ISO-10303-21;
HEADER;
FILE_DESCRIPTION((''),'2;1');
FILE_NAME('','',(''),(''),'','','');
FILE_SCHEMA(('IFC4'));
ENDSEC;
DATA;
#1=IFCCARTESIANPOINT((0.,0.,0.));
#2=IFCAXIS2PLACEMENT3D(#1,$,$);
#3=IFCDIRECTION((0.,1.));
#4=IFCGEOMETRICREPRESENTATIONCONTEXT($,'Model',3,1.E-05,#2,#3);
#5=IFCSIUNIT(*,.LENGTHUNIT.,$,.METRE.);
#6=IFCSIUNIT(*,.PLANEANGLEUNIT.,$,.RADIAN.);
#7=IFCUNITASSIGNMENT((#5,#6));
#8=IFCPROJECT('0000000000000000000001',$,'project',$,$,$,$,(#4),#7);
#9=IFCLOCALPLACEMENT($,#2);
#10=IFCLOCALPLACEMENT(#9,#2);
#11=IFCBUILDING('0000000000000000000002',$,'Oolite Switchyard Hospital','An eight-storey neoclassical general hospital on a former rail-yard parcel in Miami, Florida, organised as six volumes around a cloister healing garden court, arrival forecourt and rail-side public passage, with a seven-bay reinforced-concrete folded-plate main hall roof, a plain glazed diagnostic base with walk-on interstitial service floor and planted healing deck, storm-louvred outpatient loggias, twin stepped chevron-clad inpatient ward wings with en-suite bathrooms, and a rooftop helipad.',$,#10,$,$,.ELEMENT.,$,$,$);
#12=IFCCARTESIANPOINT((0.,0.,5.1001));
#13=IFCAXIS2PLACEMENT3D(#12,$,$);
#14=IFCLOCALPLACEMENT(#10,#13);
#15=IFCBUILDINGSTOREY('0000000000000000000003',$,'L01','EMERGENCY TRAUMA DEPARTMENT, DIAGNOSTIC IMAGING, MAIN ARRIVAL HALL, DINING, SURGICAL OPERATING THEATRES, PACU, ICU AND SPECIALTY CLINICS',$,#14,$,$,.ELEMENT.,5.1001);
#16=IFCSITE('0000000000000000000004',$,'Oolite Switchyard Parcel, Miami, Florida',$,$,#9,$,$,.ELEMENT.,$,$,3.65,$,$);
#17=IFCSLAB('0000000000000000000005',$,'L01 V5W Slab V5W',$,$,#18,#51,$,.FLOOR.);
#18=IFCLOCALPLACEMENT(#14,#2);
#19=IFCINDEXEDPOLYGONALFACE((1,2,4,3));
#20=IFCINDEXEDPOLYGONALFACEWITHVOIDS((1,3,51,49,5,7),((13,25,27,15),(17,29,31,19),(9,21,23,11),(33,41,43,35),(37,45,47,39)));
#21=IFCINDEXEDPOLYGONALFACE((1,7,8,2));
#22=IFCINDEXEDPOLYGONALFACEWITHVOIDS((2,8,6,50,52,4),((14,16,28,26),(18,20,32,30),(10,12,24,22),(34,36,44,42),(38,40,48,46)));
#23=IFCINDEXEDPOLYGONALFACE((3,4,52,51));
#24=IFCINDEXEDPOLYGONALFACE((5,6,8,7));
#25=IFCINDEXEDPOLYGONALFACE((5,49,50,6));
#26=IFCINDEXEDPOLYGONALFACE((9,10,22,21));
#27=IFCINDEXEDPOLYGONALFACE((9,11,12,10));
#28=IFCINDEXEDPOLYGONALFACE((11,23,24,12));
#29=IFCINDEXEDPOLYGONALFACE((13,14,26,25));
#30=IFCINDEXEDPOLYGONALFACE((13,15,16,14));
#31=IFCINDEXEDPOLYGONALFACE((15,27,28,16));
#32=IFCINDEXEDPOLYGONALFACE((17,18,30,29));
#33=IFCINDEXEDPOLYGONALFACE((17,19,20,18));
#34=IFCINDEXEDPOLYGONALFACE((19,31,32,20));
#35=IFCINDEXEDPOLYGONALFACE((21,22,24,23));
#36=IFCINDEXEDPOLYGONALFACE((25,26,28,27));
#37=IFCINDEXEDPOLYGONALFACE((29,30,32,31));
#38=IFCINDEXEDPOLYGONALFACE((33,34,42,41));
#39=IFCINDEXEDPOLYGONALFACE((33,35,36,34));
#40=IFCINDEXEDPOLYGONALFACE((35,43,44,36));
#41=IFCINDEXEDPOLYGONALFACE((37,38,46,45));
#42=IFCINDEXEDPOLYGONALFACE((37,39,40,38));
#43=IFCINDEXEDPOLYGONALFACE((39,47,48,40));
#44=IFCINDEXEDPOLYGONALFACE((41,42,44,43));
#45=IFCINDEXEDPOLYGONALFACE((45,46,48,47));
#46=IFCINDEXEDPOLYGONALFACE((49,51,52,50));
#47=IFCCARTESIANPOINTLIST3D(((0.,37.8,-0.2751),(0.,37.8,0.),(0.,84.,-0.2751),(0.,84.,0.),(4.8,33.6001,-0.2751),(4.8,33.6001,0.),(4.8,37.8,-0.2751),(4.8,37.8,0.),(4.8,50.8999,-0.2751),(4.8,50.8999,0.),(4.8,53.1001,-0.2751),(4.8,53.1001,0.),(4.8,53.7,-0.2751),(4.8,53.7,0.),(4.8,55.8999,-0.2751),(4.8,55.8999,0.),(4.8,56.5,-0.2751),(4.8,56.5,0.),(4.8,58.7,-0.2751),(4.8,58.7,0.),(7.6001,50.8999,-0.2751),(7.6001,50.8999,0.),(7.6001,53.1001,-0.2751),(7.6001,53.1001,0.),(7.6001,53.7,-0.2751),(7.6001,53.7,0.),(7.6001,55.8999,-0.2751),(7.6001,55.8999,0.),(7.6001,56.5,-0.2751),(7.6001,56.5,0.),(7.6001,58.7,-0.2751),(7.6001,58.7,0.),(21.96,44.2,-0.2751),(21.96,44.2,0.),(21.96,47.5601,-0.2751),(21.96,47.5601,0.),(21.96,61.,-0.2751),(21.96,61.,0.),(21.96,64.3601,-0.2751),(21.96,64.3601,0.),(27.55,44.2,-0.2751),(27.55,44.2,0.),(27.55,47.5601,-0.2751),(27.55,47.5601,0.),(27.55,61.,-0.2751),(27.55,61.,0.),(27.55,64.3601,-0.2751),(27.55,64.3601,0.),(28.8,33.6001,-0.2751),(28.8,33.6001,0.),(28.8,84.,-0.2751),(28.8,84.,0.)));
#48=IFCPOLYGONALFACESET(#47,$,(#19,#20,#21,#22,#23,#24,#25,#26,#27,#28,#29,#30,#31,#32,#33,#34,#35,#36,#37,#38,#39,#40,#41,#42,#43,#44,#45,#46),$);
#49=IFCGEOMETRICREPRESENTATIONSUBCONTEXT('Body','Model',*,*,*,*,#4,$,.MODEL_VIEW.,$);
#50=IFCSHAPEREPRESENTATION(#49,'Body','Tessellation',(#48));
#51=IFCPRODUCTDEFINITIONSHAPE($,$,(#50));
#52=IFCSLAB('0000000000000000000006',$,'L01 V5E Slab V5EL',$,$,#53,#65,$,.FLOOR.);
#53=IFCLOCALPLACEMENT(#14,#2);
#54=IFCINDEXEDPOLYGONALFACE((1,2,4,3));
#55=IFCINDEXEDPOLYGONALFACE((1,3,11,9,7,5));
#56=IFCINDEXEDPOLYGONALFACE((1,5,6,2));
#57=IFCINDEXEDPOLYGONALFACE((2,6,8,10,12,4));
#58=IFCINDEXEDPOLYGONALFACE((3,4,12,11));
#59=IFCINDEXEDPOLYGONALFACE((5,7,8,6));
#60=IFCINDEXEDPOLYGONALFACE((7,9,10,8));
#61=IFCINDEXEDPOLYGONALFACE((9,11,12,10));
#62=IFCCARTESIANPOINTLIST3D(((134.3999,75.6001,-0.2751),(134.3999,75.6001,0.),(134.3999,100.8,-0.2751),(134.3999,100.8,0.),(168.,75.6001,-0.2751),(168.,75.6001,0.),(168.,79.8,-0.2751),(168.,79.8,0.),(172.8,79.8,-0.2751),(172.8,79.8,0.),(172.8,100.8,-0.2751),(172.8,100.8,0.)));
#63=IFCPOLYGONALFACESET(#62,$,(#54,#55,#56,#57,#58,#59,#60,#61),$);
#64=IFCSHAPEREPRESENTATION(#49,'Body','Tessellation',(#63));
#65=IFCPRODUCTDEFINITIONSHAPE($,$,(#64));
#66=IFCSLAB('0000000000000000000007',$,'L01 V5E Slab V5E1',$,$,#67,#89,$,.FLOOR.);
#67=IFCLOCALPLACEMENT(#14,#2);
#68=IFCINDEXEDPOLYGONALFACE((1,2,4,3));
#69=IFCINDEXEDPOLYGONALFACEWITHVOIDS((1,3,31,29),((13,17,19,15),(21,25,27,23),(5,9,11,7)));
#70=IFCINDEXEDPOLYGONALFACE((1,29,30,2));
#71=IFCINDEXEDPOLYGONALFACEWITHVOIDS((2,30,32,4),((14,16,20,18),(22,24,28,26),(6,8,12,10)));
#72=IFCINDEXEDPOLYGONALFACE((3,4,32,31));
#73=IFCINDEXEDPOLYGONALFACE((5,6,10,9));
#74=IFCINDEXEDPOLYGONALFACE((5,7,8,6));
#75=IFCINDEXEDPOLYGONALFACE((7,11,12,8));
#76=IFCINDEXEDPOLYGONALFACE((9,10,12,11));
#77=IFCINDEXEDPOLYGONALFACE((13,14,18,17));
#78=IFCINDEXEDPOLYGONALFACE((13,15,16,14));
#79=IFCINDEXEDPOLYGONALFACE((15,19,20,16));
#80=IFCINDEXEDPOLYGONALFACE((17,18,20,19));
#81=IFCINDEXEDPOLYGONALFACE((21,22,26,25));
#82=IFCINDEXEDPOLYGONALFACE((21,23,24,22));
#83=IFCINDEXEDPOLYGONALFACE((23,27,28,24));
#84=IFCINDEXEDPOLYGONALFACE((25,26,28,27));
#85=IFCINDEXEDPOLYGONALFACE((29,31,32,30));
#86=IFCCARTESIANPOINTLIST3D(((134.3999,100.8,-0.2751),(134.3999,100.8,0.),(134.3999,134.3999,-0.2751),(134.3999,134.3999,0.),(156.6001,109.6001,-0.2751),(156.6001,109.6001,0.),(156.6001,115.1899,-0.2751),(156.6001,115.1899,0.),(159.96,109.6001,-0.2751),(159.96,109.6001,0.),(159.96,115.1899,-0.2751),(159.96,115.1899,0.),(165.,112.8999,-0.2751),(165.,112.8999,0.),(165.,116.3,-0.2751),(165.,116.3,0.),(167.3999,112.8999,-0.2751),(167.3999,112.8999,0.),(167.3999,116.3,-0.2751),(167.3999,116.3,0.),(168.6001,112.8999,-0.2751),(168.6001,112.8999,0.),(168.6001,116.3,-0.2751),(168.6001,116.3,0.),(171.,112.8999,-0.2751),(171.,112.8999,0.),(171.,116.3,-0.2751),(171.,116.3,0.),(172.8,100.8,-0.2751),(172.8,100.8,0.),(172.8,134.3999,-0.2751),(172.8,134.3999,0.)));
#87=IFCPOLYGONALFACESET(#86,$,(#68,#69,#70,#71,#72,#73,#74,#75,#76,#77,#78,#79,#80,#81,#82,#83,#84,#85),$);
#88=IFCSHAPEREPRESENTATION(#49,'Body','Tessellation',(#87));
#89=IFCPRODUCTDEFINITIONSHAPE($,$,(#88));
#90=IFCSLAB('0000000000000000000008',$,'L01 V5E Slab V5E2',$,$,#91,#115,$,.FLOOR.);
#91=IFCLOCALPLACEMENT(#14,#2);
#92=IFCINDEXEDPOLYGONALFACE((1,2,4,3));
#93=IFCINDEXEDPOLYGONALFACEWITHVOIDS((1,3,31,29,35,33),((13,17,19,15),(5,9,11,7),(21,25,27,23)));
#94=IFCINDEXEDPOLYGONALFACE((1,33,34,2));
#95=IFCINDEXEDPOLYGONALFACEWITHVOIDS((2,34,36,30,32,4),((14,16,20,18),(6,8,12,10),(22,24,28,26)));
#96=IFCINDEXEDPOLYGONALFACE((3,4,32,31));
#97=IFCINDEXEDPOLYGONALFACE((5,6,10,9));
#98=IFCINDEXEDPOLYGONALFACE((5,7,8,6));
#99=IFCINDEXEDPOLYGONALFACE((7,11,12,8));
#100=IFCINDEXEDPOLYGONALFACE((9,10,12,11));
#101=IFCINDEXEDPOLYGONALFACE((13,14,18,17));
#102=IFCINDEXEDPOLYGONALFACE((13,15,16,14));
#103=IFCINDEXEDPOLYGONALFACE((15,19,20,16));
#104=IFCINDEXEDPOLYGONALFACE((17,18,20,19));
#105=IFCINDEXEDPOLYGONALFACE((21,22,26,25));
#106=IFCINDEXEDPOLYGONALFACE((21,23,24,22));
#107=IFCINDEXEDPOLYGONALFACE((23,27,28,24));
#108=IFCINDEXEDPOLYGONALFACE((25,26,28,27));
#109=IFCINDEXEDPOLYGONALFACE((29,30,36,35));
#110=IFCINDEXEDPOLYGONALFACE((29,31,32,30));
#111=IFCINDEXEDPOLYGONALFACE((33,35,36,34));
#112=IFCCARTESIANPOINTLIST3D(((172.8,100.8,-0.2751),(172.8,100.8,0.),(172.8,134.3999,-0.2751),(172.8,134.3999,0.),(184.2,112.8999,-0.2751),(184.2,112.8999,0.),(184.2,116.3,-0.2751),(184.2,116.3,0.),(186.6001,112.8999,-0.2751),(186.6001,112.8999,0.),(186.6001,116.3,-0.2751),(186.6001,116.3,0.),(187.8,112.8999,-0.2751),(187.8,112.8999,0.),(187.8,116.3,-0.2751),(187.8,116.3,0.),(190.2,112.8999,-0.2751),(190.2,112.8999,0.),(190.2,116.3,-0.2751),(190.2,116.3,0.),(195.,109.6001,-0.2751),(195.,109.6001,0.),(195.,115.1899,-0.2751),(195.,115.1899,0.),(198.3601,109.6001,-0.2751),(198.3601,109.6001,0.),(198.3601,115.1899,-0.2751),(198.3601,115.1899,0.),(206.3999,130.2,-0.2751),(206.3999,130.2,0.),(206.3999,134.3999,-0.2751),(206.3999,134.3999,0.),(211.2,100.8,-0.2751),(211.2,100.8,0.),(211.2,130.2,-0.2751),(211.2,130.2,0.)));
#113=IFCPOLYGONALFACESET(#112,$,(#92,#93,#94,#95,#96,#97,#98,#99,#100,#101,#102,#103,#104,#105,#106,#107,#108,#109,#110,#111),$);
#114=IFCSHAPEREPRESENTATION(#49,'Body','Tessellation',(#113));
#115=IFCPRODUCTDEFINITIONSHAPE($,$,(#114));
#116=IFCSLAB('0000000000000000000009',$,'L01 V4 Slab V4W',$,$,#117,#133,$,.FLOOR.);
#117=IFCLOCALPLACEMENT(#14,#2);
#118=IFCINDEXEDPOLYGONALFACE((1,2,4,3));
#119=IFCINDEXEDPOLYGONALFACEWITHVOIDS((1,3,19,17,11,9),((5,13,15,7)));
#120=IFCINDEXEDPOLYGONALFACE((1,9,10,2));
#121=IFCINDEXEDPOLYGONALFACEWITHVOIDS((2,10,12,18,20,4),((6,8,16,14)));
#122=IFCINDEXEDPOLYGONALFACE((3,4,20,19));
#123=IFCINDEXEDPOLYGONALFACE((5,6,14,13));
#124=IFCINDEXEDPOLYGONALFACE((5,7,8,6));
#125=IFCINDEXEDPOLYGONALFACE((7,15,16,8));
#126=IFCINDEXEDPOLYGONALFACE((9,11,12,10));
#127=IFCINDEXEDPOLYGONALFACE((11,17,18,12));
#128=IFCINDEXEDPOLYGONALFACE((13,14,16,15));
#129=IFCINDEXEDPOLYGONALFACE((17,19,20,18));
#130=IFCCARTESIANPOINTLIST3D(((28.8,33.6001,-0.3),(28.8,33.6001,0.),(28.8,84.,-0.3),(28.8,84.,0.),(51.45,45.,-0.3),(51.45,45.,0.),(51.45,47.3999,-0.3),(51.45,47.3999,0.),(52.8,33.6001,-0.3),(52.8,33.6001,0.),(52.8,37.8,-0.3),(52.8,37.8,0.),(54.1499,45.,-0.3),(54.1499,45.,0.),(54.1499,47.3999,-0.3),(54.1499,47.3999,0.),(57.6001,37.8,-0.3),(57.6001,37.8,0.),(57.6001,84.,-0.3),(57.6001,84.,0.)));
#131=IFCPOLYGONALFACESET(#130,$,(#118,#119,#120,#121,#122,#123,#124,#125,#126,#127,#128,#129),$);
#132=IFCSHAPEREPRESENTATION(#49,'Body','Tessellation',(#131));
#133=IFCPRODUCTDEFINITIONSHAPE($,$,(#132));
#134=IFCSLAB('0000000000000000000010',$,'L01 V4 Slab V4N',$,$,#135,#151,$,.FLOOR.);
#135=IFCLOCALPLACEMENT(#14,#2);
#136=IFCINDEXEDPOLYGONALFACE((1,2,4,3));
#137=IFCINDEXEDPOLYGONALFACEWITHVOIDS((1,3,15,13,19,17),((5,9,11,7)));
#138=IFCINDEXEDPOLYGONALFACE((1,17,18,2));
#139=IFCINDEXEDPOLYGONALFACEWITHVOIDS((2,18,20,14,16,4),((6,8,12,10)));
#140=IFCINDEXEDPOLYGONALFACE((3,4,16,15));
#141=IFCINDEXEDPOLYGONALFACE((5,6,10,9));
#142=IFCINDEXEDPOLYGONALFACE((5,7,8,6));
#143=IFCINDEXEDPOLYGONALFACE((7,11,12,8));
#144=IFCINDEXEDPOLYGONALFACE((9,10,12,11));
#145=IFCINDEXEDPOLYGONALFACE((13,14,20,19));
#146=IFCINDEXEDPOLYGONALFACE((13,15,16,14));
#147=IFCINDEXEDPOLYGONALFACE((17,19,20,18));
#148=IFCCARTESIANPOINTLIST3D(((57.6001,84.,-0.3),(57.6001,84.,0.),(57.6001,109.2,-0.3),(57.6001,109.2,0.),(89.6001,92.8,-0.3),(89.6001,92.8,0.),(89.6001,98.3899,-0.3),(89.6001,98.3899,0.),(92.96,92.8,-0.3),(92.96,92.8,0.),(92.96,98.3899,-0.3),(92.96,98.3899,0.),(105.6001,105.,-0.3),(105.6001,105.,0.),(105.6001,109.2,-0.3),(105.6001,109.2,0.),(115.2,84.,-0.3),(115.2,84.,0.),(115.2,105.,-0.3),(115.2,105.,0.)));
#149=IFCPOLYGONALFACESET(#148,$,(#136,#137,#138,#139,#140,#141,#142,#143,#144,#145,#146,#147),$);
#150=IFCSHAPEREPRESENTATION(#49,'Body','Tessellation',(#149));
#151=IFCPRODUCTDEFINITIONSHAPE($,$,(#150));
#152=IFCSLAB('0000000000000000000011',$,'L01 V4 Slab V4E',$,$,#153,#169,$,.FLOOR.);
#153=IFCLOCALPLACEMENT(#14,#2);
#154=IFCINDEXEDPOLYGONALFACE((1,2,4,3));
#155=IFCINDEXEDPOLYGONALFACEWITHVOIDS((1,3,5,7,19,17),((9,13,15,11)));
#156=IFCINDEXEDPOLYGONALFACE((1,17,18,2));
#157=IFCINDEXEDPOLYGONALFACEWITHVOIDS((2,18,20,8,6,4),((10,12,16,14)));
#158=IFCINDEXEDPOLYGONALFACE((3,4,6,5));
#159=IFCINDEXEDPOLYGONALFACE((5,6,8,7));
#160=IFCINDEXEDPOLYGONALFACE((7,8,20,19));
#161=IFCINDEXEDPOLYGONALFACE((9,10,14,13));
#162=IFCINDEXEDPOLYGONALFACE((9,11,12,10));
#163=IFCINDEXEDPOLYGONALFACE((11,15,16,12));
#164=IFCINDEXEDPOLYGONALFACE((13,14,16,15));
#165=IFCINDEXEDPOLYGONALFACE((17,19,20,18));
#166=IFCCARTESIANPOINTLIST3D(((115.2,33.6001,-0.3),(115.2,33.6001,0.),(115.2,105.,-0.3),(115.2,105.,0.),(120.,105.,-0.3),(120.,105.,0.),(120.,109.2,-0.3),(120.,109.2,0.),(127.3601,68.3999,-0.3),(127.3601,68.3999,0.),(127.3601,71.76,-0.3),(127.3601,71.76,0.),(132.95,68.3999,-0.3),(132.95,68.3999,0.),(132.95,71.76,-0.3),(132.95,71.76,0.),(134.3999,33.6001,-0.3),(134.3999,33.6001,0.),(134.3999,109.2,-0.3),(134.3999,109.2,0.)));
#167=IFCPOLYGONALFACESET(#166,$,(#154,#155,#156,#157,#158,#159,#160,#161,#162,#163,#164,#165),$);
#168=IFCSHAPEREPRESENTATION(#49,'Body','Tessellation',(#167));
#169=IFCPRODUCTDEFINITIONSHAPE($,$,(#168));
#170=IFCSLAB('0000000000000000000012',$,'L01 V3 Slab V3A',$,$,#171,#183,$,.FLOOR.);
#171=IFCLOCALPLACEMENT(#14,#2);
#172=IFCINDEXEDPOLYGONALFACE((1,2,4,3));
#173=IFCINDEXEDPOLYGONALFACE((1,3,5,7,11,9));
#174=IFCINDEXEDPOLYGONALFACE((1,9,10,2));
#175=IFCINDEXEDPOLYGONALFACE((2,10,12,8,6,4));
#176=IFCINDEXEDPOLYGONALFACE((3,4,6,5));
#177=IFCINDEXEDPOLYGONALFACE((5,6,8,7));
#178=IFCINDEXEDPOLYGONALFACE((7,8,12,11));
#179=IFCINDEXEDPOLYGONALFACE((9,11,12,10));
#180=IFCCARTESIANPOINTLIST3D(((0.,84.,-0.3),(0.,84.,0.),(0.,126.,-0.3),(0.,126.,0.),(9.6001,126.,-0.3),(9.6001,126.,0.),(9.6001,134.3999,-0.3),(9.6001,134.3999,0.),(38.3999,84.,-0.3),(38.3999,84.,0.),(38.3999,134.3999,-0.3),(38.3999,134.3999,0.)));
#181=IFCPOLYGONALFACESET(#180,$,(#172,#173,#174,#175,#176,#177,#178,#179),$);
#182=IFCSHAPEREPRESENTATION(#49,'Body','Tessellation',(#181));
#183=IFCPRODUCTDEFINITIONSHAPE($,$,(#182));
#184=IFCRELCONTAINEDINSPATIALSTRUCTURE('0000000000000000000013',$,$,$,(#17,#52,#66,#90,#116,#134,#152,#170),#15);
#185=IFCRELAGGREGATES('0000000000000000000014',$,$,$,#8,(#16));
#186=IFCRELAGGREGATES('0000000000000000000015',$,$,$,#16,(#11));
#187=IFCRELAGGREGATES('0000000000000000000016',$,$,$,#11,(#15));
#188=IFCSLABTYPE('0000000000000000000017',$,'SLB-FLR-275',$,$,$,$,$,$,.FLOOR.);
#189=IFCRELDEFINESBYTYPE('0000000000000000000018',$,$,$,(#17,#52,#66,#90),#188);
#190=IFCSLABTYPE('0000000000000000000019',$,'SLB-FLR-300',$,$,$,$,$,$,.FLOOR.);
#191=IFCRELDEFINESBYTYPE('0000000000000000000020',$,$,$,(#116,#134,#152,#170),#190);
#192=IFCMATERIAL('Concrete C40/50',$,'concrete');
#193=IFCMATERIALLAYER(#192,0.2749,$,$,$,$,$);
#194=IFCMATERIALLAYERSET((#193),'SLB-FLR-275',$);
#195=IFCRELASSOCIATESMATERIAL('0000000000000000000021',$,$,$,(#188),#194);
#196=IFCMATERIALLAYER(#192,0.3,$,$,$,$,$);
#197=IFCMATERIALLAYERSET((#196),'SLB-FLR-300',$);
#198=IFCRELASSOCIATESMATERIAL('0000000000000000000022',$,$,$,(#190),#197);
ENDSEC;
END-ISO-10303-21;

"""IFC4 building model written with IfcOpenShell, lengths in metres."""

from ifc_helpers import new_model, si_unit, direction, frame, origin, place, context, subcontext, project, spatial, polyline, outline, extrude, material, layer, layer_set, type_object, element, save


model = new_model("IFC4")

# Units and contexts
model_context = context("Model", 3, precision=1e-05, world=origin(), true_north=direction((0.0, 1.0)))
body_context = subcontext(model_context, "Body", "Model", "MODEL_VIEW")
ifc_project = project(units=[si_unit("LENGTHUNIT", "METRE"), si_unit("PLANEANGLEUNIT", "RADIAN")], contexts=[model_context])

# Site, building, storey
site_placement = place(None, origin())
site = spatial("IfcSite", under=ifc_project, at=site_placement, Name="Oolite Switchyard Parcel, Miami, Florida", CompositionType="ELEMENT", RefElevation=3.65)
building_placement = place(site_placement, origin())
building = spatial("IfcBuilding", under=site, at=building_placement, Name="Oolite Switchyard Hospital", Description="An eight-storey neoclassical general hospital on a former rail-yard parcel in Miami, Florida, organised as six volumes around a cloister healing garden court, arrival forecourt and rail-side public passage, with a seven-bay reinforced-concrete folded-plate main hall roof, a plain glazed diagnostic base with walk-on interstitial service floor and planted healing deck, storm-louvred outpatient loggias, twin stepped chevron-clad inpatient ward wings with en-suite bathrooms, and a rooftop helipad.", CompositionType="ELEMENT")
storey_placement = place(building_placement, frame((0.0, 0.0, 5.1001)))
storey = spatial("IfcBuildingStorey", under=building, at=storey_placement, Name="L01", Description="EMERGENCY TRAUMA DEPARTMENT, DIAGNOSTIC IMAGING, MAIN ARRIVAL HALL, DINING, SURGICAL OPERATING THEATRES, PACU, ICU AND SPECIALTY CLINICS", CompositionType="ELEMENT", Elevation=5.1001)

# Shared definitions
ifc_material_1 = material(Name="Concrete C40/50", Category="concrete")

# Slabs
ifc_layer_1 = layer(ifc_material_1, 0.2749)
ifc_layer_set_1 = layer_set([ifc_layer_1], Name="SLB-FLR-275")
slab_type_1 = type_object("IfcSlabType", Name="SLB-FLR-275", PredefinedType="FLOOR", material=ifc_layer_set_1)
slab_1_placement = place(storey_placement, frame((0.0, 0.0, -0.2751)))
element("IfcSlab", 1, at=slab_1_placement, inside=storey, type_object=slab_type_1, Name="L01 V5W Slab V5W", PredefinedType="FLOOR", context=body_context, shape_type="SweptSolid", body=[
    extrude(outline(polyline([(4.8, 33.6001), (28.8, 33.6001), (28.8, 84.0), (0.0, 84.0), (0.0, 37.8), (4.8, 37.8), (4.8, 33.6001)]), holes=[polyline([(21.96, 44.2), (27.55, 44.2), (27.55, 47.5601), (21.96, 47.5601), (21.96, 44.2)]), polyline([(21.96, 61.0), (27.55, 61.0), (27.55, 64.3601), (21.96, 64.3601), (21.96, 61.0)]), polyline([(4.8, 50.8999), (7.6001, 50.8999), (7.6001, 53.1001), (4.8, 53.1001), (4.8, 50.8999)]), polyline([(4.8, 53.7), (7.6001, 53.7), (7.6001, 55.8999), (4.8, 55.8999), (4.8, 53.7)]), polyline([(4.8, 56.5), (7.6001, 56.5), (7.6001, 58.7), (4.8, 58.7), (4.8, 56.5)])]), origin(), (0.0, 0.0, 1.0), 0.2751),
])
slab_2_placement = place(storey_placement, frame((0.0, 0.0, -0.2751)))
element("IfcSlab", 2, at=slab_2_placement, inside=storey, type_object=slab_type_1, Name="L01 V5E Slab V5EL", PredefinedType="FLOOR", context=body_context, shape_type="SweptSolid", body=[
    extrude(outline(polyline([(134.3999, 75.6001), (168.0, 75.6001), (168.0, 79.8), (172.8, 79.8), (172.8, 100.8), (134.3999, 100.8), (134.3999, 75.6001)])), origin(), (0.0, 0.0, 1.0), 0.2751),
])
slab_3_placement = place(storey_placement, frame((0.0, 0.0, -0.2751)))
element("IfcSlab", 3, at=slab_3_placement, inside=storey, type_object=slab_type_1, Name="L01 V5E Slab V5E1", PredefinedType="FLOOR", context=body_context, shape_type="SweptSolid", body=[
    extrude(outline(polyline([(134.3999, 100.8), (172.8, 100.8), (172.8, 134.3999), (134.3999, 134.3999), (134.3999, 100.8)]), holes=[polyline([(156.6001, 115.1899), (156.6001, 109.6001), (159.96, 109.6001), (159.96, 115.1899), (156.6001, 115.1899)]), polyline([(165.0, 112.8999), (167.3999, 112.8999), (167.3999, 116.3), (165.0, 116.3), (165.0, 112.8999)]), polyline([(168.6001, 112.8999), (171.0, 112.8999), (171.0, 116.3), (168.6001, 116.3), (168.6001, 112.8999)])]), origin(), (0.0, 0.0, 1.0), 0.2751),
])
slab_4_placement = place(storey_placement, frame((0.0, 0.0, -0.2751)))
element("IfcSlab", 4, at=slab_4_placement, inside=storey, type_object=slab_type_1, Name="L01 V5E Slab V5E2", PredefinedType="FLOOR", context=body_context, shape_type="SweptSolid", body=[
    extrude(outline(polyline([(172.8, 100.8), (211.2, 100.8), (211.2, 130.2), (206.3999, 130.2), (206.3999, 134.3999), (172.8, 134.3999), (172.8, 100.8)]), holes=[polyline([(195.0, 115.1899), (195.0, 109.6001), (198.3601, 109.6001), (198.3601, 115.1899), (195.0, 115.1899)]), polyline([(184.2, 112.8999), (186.6001, 112.8999), (186.6001, 116.3), (184.2, 116.3), (184.2, 112.8999)]), polyline([(187.8, 112.8999), (190.2, 112.8999), (190.2, 116.3), (187.8, 116.3), (187.8, 112.8999)])]), origin(), (0.0, 0.0, 1.0), 0.2751),
])
ifc_layer_2 = layer(ifc_material_1, 0.3)
ifc_layer_set_2 = layer_set([ifc_layer_2], Name="SLB-FLR-300")
slab_type_2 = type_object("IfcSlabType", Name="SLB-FLR-300", PredefinedType="FLOOR", material=ifc_layer_set_2)
slab_5_placement = place(storey_placement, frame((0.0, 0.0, -0.3)))
element("IfcSlab", 5, at=slab_5_placement, inside=storey, type_object=slab_type_2, Name="L01 V4 Slab V4W", PredefinedType="FLOOR", context=body_context, shape_type="SweptSolid", body=[
    extrude(outline(polyline([(28.8, 33.6001), (52.8, 33.6001), (52.8, 37.8), (57.6001, 37.8), (57.6001, 84.0), (28.8, 84.0), (28.8, 33.6001)]), holes=[polyline([(51.45, 45.0), (54.1499, 45.0), (54.1499, 47.3999), (51.45, 47.3999), (51.45, 45.0)])]), origin(), (0.0, 0.0, 1.0), 0.3),
])
slab_6_placement = place(storey_placement, frame((0.0, 0.0, -0.3)))
element("IfcSlab", 6, at=slab_6_placement, inside=storey, type_object=slab_type_2, Name="L01 V4 Slab V4N", PredefinedType="FLOOR", context=body_context, shape_type="SweptSolid", body=[
    extrude(outline(polyline([(57.6001, 84.0), (115.2, 84.0), (115.2, 105.0), (105.6001, 105.0), (105.6001, 109.2), (57.6001, 109.2), (57.6001, 84.0)]), holes=[polyline([(89.6001, 98.3899), (89.6001, 92.8), (92.96, 92.8), (92.96, 98.3899), (89.6001, 98.3899)])]), origin(), (0.0, 0.0, 1.0), 0.3),
])
slab_7_placement = place(storey_placement, frame((0.0, 0.0, -0.3)))
element("IfcSlab", 7, at=slab_7_placement, inside=storey, type_object=slab_type_2, Name="L01 V4 Slab V4E", PredefinedType="FLOOR", context=body_context, shape_type="SweptSolid", body=[
    extrude(outline(polyline([(115.2, 33.6001), (134.3999, 33.6001), (134.3999, 109.2), (120.0, 109.2), (120.0, 105.0), (115.2, 105.0), (115.2, 33.6001)]), holes=[polyline([(127.3601, 68.3999), (132.95, 68.3999), (132.95, 71.76), (127.3601, 71.76), (127.3601, 68.3999)])]), origin(), (0.0, 0.0, 1.0), 0.3),
])
slab_8_placement = place(storey_placement, frame((0.0, 0.0, -0.3)))
element("IfcSlab", 8, at=slab_8_placement, inside=storey, type_object=slab_type_2, Name="L01 V3 Slab V3A", PredefinedType="FLOOR", context=body_context, shape_type="SweptSolid", body=[
    extrude(outline(polyline([(0.0, 84.0), (38.3999, 84.0), (38.3999, 134.3999), (9.6001, 134.3999), (9.6001, 126.0), (0.0, 126.0), (0.0, 84.0)])), origin(), (0.0, 0.0, 1.0), 0.3),
])

save(model, "model.ifc")
